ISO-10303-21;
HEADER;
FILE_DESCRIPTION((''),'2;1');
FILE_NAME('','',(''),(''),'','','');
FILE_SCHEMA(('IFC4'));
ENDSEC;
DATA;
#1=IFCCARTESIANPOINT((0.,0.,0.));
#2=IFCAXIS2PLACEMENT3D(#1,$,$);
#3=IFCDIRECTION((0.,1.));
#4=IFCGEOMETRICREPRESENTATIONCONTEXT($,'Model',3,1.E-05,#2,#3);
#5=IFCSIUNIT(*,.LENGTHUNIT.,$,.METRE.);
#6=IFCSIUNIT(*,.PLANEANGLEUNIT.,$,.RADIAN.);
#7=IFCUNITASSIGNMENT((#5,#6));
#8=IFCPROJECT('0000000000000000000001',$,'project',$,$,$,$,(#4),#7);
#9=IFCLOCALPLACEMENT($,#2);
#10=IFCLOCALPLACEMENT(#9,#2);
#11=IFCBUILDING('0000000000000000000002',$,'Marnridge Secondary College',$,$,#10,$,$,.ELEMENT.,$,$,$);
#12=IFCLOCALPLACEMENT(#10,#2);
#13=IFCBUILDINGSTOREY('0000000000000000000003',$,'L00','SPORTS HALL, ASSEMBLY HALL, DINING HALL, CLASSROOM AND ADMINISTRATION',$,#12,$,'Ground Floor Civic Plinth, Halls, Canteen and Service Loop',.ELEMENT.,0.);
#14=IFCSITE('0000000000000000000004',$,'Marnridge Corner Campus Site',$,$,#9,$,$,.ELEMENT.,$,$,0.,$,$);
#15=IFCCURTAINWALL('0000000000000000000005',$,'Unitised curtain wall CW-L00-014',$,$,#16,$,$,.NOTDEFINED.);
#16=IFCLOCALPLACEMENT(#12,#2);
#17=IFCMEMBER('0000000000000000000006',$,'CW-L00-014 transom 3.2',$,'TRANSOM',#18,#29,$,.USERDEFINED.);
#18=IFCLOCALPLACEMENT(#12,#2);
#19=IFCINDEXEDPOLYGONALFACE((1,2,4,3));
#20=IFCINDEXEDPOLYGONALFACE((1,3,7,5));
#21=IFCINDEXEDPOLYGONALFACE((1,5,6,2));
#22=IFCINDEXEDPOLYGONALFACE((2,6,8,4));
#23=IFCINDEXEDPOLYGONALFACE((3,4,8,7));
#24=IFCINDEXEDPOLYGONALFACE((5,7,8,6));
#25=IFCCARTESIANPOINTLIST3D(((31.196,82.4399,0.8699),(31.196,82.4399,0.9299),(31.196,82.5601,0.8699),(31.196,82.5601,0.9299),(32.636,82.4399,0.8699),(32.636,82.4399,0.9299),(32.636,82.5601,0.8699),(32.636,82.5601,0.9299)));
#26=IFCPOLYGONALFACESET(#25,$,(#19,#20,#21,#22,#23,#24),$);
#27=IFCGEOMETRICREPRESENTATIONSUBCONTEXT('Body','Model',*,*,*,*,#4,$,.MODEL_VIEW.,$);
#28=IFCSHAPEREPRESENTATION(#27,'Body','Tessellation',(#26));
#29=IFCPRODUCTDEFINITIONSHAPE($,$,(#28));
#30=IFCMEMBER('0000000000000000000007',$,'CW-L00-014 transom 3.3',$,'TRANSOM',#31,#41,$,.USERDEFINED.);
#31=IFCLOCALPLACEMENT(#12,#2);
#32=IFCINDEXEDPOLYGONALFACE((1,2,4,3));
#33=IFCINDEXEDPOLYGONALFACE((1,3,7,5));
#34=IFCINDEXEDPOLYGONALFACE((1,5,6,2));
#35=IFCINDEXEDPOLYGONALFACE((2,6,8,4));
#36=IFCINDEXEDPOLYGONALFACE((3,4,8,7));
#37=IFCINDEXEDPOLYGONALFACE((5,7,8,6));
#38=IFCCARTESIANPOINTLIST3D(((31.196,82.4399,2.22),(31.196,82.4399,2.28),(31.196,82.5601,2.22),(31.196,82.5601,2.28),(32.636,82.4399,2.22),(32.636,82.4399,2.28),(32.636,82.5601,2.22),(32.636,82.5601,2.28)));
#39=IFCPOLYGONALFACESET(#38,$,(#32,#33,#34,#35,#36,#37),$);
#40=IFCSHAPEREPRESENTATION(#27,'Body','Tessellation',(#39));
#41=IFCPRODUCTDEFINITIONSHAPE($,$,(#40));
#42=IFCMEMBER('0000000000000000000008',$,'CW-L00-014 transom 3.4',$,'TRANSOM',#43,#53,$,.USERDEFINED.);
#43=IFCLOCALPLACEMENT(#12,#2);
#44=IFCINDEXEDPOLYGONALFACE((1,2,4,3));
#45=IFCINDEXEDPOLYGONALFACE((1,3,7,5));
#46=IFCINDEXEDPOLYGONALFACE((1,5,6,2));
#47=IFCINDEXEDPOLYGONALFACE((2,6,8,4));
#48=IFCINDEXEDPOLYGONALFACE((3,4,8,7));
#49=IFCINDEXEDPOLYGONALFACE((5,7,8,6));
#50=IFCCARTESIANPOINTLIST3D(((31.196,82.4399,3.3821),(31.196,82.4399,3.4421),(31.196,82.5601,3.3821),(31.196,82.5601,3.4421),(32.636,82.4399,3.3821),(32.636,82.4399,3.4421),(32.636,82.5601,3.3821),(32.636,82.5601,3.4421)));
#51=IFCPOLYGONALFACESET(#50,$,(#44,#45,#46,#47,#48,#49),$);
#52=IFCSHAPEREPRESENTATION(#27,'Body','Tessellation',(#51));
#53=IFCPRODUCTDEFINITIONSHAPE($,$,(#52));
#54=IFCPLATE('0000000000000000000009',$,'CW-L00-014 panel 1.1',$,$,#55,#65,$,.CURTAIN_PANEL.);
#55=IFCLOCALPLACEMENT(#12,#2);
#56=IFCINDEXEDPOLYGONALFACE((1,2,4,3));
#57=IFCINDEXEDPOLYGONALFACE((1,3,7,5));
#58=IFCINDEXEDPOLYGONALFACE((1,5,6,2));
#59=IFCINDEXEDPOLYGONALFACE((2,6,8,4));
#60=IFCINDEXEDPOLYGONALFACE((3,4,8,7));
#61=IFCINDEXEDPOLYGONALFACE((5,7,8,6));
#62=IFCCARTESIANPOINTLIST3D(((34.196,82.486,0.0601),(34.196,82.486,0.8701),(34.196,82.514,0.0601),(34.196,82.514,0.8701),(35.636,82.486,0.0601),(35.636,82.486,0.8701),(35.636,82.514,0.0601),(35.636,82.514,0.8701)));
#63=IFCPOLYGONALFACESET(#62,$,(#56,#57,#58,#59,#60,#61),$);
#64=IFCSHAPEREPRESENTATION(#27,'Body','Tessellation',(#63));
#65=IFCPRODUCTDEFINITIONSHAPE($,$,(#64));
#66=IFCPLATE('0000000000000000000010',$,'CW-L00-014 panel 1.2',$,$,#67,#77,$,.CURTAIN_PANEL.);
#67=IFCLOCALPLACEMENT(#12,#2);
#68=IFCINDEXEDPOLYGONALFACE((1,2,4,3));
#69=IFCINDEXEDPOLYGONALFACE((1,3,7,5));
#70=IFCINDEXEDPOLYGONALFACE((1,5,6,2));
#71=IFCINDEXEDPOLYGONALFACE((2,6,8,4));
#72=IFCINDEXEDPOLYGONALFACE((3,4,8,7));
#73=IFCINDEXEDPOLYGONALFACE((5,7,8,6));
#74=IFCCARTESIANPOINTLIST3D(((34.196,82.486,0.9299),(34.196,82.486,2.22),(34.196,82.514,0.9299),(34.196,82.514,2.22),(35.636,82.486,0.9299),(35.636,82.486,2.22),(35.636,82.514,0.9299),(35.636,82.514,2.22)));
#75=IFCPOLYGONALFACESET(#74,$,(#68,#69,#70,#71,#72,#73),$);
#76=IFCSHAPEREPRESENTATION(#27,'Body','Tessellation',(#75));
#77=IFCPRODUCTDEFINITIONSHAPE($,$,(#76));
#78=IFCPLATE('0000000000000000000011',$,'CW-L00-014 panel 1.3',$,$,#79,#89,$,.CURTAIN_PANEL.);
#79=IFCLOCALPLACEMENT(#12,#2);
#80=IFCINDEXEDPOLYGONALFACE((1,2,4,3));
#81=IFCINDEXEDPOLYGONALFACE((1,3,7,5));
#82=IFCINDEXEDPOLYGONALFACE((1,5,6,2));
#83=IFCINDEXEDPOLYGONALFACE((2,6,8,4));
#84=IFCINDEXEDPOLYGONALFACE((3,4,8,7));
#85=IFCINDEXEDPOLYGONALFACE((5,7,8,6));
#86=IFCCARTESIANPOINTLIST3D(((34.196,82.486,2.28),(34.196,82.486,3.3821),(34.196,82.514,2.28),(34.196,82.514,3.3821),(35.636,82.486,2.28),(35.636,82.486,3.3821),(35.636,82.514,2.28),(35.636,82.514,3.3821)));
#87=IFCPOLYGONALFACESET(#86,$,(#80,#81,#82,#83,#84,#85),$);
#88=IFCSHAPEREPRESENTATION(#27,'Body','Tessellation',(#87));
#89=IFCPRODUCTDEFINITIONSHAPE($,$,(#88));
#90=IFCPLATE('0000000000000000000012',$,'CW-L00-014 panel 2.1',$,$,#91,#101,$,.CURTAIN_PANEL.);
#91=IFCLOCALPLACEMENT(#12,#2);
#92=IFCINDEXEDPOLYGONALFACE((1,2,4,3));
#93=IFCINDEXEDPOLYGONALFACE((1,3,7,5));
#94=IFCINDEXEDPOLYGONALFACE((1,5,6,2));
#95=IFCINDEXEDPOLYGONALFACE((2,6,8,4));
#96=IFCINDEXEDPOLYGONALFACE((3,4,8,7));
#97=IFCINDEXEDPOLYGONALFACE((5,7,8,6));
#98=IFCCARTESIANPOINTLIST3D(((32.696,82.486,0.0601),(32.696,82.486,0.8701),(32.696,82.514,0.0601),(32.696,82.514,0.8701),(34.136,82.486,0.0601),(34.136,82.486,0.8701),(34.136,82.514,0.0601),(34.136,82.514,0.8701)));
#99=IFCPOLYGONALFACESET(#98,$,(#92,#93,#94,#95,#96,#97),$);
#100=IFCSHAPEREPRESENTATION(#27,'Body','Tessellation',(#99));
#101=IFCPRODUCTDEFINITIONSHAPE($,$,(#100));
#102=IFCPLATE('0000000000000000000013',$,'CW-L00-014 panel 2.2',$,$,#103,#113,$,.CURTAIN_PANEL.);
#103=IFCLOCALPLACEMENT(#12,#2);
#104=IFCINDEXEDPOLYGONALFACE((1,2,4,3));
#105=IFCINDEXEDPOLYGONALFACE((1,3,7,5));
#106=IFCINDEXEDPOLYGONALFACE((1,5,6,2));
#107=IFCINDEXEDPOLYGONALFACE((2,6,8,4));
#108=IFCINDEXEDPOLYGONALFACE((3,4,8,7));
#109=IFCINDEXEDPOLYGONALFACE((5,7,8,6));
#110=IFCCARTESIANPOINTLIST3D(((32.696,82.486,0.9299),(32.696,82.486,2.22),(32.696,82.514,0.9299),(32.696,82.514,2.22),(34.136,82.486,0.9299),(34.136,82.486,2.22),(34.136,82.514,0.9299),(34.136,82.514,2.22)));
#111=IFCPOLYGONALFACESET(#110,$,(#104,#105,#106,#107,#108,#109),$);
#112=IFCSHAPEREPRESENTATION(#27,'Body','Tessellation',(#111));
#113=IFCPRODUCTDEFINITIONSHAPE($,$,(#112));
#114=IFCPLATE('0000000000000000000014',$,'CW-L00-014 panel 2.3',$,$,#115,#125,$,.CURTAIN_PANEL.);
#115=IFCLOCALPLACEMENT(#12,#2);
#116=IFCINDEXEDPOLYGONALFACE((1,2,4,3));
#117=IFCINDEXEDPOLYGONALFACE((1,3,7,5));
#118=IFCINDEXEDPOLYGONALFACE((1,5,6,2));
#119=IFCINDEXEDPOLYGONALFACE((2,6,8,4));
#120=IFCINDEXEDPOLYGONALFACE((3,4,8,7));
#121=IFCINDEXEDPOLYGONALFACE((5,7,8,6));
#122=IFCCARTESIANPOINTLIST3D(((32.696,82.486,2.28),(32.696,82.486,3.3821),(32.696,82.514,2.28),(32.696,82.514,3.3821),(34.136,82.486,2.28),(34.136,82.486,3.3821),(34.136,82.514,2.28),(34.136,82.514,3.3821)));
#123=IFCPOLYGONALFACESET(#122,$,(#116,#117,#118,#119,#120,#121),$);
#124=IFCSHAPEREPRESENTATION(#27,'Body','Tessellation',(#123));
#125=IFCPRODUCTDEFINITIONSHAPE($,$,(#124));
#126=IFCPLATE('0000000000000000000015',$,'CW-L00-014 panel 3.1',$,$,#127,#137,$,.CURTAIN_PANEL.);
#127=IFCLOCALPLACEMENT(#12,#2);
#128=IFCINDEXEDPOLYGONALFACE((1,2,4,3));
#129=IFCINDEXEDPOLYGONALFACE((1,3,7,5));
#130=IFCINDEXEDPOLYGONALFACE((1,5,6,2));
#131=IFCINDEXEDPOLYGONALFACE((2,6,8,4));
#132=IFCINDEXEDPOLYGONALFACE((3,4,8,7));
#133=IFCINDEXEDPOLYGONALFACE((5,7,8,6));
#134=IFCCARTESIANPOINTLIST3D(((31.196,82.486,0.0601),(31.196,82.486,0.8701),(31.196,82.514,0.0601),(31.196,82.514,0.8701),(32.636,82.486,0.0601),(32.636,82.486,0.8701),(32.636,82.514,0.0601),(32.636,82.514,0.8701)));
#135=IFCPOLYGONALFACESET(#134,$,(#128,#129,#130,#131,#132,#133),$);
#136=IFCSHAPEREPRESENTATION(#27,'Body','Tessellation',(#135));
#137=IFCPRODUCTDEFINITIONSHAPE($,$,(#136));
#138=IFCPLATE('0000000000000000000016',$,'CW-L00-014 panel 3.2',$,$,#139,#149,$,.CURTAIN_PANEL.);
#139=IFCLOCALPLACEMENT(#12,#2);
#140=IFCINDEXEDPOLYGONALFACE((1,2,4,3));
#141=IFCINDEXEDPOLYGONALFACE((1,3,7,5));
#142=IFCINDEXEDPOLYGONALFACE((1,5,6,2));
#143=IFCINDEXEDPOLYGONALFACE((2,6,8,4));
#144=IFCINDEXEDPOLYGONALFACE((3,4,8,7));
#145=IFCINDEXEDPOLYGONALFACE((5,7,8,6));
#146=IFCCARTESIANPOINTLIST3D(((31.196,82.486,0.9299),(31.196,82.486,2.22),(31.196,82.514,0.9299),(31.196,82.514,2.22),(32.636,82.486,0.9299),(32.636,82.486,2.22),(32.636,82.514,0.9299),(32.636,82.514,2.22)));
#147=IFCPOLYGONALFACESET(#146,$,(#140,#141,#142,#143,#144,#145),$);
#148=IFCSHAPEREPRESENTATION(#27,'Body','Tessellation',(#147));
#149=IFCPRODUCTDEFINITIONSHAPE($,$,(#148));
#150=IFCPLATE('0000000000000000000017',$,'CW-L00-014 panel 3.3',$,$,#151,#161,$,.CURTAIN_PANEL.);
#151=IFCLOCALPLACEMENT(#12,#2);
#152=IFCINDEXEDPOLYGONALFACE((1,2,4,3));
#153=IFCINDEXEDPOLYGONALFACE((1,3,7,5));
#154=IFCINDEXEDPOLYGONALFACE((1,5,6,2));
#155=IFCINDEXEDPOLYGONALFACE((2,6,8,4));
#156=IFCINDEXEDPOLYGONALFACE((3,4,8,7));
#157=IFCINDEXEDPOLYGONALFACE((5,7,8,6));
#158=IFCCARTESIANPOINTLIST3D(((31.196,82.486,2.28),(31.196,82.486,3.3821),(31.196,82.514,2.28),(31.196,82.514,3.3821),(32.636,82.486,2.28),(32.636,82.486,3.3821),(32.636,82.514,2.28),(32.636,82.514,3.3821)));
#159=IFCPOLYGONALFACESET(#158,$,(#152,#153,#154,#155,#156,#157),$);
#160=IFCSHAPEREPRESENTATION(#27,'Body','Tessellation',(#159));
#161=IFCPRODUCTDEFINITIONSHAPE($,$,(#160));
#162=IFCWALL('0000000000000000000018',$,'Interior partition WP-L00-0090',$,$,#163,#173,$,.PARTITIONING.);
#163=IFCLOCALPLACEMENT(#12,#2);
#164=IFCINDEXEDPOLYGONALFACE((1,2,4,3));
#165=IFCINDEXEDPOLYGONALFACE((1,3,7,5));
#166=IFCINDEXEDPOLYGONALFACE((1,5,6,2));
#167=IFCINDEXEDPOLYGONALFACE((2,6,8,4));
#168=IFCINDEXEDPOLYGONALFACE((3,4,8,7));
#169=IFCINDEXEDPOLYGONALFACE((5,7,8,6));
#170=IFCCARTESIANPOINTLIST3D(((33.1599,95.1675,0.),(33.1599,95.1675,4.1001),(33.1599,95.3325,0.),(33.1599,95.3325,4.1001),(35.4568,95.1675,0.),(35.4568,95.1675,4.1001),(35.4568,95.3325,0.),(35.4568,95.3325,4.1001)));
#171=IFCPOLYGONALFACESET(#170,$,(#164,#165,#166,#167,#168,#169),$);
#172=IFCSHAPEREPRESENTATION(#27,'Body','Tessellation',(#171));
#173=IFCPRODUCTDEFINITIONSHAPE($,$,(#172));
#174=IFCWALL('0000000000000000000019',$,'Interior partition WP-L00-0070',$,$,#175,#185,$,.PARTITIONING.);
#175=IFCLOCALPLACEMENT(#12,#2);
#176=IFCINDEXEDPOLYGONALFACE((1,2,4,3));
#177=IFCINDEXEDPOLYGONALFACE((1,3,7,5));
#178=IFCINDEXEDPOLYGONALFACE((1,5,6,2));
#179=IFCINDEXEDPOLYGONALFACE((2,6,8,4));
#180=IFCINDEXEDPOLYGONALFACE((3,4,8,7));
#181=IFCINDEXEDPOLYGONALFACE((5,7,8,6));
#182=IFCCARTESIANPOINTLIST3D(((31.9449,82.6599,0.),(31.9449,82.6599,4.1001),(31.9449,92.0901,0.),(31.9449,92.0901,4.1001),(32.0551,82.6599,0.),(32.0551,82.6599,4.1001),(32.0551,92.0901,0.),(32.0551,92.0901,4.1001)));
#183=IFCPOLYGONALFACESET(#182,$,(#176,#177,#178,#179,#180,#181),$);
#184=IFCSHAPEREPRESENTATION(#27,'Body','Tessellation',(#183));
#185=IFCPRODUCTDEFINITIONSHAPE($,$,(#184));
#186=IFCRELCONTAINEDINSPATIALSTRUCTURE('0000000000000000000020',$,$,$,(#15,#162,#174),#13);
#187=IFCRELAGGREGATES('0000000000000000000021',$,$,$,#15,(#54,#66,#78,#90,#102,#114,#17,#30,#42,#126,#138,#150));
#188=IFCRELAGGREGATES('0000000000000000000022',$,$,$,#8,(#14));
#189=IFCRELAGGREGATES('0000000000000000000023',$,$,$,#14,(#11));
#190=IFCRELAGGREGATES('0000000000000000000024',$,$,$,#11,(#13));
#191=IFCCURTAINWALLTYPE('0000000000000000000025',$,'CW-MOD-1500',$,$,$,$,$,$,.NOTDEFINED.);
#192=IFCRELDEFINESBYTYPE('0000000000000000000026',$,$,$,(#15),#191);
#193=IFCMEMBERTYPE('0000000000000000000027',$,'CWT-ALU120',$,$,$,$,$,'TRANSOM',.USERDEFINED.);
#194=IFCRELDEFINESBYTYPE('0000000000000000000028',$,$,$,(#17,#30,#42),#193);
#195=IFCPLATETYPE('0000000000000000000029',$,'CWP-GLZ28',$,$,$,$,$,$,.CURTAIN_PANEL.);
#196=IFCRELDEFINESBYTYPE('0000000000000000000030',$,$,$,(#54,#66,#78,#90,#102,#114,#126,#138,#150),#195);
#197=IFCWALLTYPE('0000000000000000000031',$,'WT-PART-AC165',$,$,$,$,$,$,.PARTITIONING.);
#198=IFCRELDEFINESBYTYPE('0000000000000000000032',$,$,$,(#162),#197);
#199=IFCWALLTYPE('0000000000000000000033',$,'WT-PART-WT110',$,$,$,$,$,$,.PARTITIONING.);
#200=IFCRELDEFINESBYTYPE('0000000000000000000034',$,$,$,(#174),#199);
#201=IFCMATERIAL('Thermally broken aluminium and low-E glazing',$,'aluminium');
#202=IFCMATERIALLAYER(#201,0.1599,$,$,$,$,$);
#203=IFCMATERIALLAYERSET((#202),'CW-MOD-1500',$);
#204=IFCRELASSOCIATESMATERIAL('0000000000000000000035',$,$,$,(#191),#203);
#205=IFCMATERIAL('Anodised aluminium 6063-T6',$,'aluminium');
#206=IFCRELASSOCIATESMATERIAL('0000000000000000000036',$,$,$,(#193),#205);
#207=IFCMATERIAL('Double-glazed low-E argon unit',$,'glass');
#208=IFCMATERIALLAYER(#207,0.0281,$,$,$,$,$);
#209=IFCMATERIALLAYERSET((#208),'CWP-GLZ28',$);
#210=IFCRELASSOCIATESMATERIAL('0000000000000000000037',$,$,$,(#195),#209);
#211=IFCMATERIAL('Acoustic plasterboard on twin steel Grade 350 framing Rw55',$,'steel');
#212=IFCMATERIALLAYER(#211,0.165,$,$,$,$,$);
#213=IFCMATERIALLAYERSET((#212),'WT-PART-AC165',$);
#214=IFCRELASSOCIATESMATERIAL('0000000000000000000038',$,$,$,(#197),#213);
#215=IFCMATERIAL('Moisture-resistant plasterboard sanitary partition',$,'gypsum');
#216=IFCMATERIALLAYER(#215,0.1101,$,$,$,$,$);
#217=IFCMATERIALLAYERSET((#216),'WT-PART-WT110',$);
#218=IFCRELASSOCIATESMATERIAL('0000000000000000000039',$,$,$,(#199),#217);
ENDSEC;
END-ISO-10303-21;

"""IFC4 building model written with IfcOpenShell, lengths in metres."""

from ifc_helpers import new_model, si_unit, direction, frame, frame_2d, origin, origin_2d, place, context, subcontext, project, spatial, rectangle, extrude, material, layer, layer_set, material_profile, profile_set, type_object, element, aggregate, save


model = new_model("IFC4")

# Units and contexts
model_context = context("Model", 3, precision=1e-05, world=origin(), true_north=direction((0.0, 1.0)))
body_context = subcontext(model_context, "Body", "Model", "MODEL_VIEW")
ifc_project = project(units=[si_unit("LENGTHUNIT", "METRE"), si_unit("PLANEANGLEUNIT", "RADIAN")], contexts=[model_context])

# Site, building, storey
site_placement = place(None, origin())
site = spatial("IfcSite", under=ifc_project, at=site_placement, Name="Marnridge Corner Campus Site", CompositionType="ELEMENT", RefElevation=0.0)
building_placement = place(site_placement, origin())
building = spatial("IfcBuilding", under=site, at=building_placement, Name="Marnridge Secondary College", CompositionType="ELEMENT")
storey_placement = place(building_placement, origin())
storey = spatial("IfcBuildingStorey", under=building, at=storey_placement, Name="L00", Description="SPORTS HALL, ASSEMBLY HALL, DINING HALL, CLASSROOM AND ADMINISTRATION", LongName="Ground Floor Civic Plinth, Halls, Canteen and Service Loop", CompositionType="ELEMENT", Elevation=0.0)

# Curtain wall, members, plates
ifc_material_1 = material(Name="Thermally broken aluminium and low-E glazing", Category="aluminium")
ifc_layer_1 = layer(ifc_material_1, 0.1599)
ifc_layer_set_1 = layer_set([ifc_layer_1], Name="CW-MOD-1500")
curtain_wall_type = type_object("IfcCurtainWallType", Name="CW-MOD-1500", PredefinedType="NOTDEFINED", material=ifc_layer_set_1)
curtain_wall_placement = place(storey_placement, origin())
curtain_wall = element("IfcCurtainWall", 1, at=curtain_wall_placement, inside=storey, type_object=curtain_wall_type, Name="Unitised curtain wall CW-L00-014", PredefinedType="NOTDEFINED")
ifc_material_2 = material(Name="Anodised aluminium 6063-T6", Category="aluminium")
ifc_material_profile_1 = material_profile(ifc_material_2, rectangle(XDim=0.0601, YDim=0.1201, at=origin_2d()), Name="ALU 60x120")
ifc_profile_set_1 = profile_set([ifc_material_profile_1], Name="Anodised aluminium 6063-T6")
member_type_1 = type_object("IfcMemberType", Name="CWT-ALU120", ElementType="TRANSOM", PredefinedType="USERDEFINED", material=ifc_profile_set_1)
member_1_placement = place(storey_placement, frame((32.636, 82.5, 0.8999), z_axis=(-1.0, 0.0, 0.0), x_axis=(0.0, 0.0, 1.0)))
member_1 = element("IfcMember", 2, at=member_1_placement, type_object=member_type_1, Name="CW-L00-014 transom 3.2", ObjectType="TRANSOM", PredefinedType="USERDEFINED", context=body_context, shape_type="SweptSolid", body=[
    extrude(rectangle(XDim=0.0601, YDim=0.1201, at=origin_2d()), origin(), (0.0, 0.0, 1.0), 1.4399),
])
member_2_placement = place(storey_placement, frame((32.636, 82.5, 2.25), z_axis=(-1.0, 0.0, 0.0), x_axis=(0.0, 0.0, 1.0)))
member_2 = element("IfcMember", 3, at=member_2_placement, type_object=member_type_1, Name="CW-L00-014 transom 3.3", ObjectType="TRANSOM", PredefinedType="USERDEFINED", context=body_context, shape_type="SweptSolid", body=[
    extrude(rectangle(XDim=0.0601, YDim=0.1201, at=origin_2d()), origin(), (0.0, 0.0, 1.0), 1.4399),
])
member_3_placement = place(storey_placement, frame((32.636, 82.5, 3.4121), z_axis=(-1.0, 0.0, 0.0), x_axis=(0.0, 0.0, 1.0)))
member_3 = element("IfcMember", 4, at=member_3_placement, type_object=member_type_1, Name="CW-L00-014 transom 3.4", ObjectType="TRANSOM", PredefinedType="USERDEFINED", context=body_context, shape_type="SweptSolid", body=[
    extrude(rectangle(XDim=0.0601, YDim=0.1201, at=origin_2d()), origin(), (0.0, 0.0, 1.0), 1.4399),
])
ifc_material_3 = material(Name="Double-glazed low-E argon unit", Category="glass")
ifc_layer_2 = layer(ifc_material_3, 0.0281)
ifc_layer_set_2 = layer_set([ifc_layer_2], Name="CWP-GLZ28")
plate_type = type_object("IfcPlateType", Name="CWP-GLZ28", PredefinedType="CURTAIN_PANEL", material=ifc_layer_set_2)
plate_1_placement = place(storey_placement, frame((34.916, 82.5, 0.0601), z_axis=(0.0, 0.0, 1.0), x_axis=(-1.0, 0.0, 0.0)))
plate_1 = element("IfcPlate", 5, at=plate_1_placement, type_object=plate_type, Name="CW-L00-014 panel 1.1", PredefinedType="CURTAIN_PANEL", context=body_context, shape_type="SweptSolid", body=[
    extrude(rectangle(XDim=1.4399, YDim=0.0281, at=origin_2d()), origin(), (0.0, 0.0, 1.0), 0.8101),
])
plate_2_placement = place(storey_placement, frame((34.916, 82.5, 0.9299), z_axis=(0.0, 0.0, 1.0), x_axis=(-1.0, 0.0, 0.0)))
plate_2 = element("IfcPlate", 6, at=plate_2_placement, type_object=plate_type, Name="CW-L00-014 panel 1.2", PredefinedType="CURTAIN_PANEL", context=body_context, shape_type="SweptSolid", body=[
    extrude(rectangle(XDim=1.4399, YDim=0.0281, at=origin_2d()), origin(), (0.0, 0.0, 1.0), 1.29),
])
plate_3_placement = place(storey_placement, frame((34.916, 82.5, 2.28), z_axis=(0.0, 0.0, 1.0), x_axis=(-1.0, 0.0, 0.0)))
plate_3 = element("IfcPlate", 7, at=plate_3_placement, type_object=plate_type, Name="CW-L00-014 panel 1.3", PredefinedType="CURTAIN_PANEL", context=body_context, shape_type="SweptSolid", body=[
    extrude(rectangle(XDim=1.4399, YDim=0.0281, at=origin_2d()), origin(), (0.0, 0.0, 1.0), 1.1021),
])
plate_4_placement = place(storey_placement, frame((33.416, 82.5, 0.0601), z_axis=(0.0, 0.0, 1.0), x_axis=(-1.0, 0.0, 0.0)))
plate_4 = element("IfcPlate", 8, at=plate_4_placement, type_object=plate_type, Name="CW-L00-014 panel 2.1", PredefinedType="CURTAIN_PANEL", context=body_context, shape_type="SweptSolid", body=[
    extrude(rectangle(XDim=1.4399, YDim=0.0281, at=origin_2d()), origin(), (0.0, 0.0, 1.0), 0.8101),
])
plate_5_placement = place(storey_placement, frame((33.416, 82.5, 0.9299), z_axis=(0.0, 0.0, 1.0), x_axis=(-1.0, 0.0, 0.0)))
plate_5 = element("IfcPlate", 9, at=plate_5_placement, type_object=plate_type, Name="CW-L00-014 panel 2.2", PredefinedType="CURTAIN_PANEL", context=body_context, shape_type="SweptSolid", body=[
    extrude(rectangle(XDim=1.4399, YDim=0.0281, at=origin_2d()), origin(), (0.0, 0.0, 1.0), 1.29),
])
plate_6_placement = place(storey_placement, frame((33.416, 82.5, 2.28), z_axis=(0.0, 0.0, 1.0), x_axis=(-1.0, 0.0, 0.0)))
plate_6 = element("IfcPlate", 10, at=plate_6_placement, type_object=plate_type, Name="CW-L00-014 panel 2.3", PredefinedType="CURTAIN_PANEL", context=body_context, shape_type="SweptSolid", body=[
    extrude(rectangle(XDim=1.4399, YDim=0.0281, at=origin_2d()), origin(), (0.0, 0.0, 1.0), 1.1021),
])
plate_7_placement = place(storey_placement, frame((31.916, 82.5, 0.0601), z_axis=(0.0, 0.0, 1.0), x_axis=(-1.0, 0.0, 0.0)))
plate_7 = element("IfcPlate", 11, at=plate_7_placement, type_object=plate_type, Name="CW-L00-014 panel 3.1", PredefinedType="CURTAIN_PANEL", context=body_context, shape_type="SweptSolid", body=[
    extrude(rectangle(XDim=1.4399, YDim=0.0281, at=origin_2d()), origin(), (0.0, 0.0, 1.0), 0.8101),
])
plate_8_placement = place(storey_placement, frame((31.916, 82.5, 0.9299), z_axis=(0.0, 0.0, 1.0), x_axis=(-1.0, 0.0, 0.0)))
plate_8 = element("IfcPlate", 12, at=plate_8_placement, type_object=plate_type, Name="CW-L00-014 panel 3.2", PredefinedType="CURTAIN_PANEL", context=body_context, shape_type="SweptSolid", body=[
    extrude(rectangle(XDim=1.4399, YDim=0.0281, at=origin_2d()), origin(), (0.0, 0.0, 1.0), 1.29),
])
plate_9_placement = place(storey_placement, frame((31.916, 82.5, 2.28), z_axis=(0.0, 0.0, 1.0), x_axis=(-1.0, 0.0, 0.0)))
plate_9 = element("IfcPlate", 13, at=plate_9_placement, type_object=plate_type, Name="CW-L00-014 panel 3.3", PredefinedType="CURTAIN_PANEL", context=body_context, shape_type="SweptSolid", body=[
    extrude(rectangle(XDim=1.4399, YDim=0.0281, at=origin_2d()), origin(), (0.0, 0.0, 1.0), 1.1021),
])
aggregate(curtain_wall, [plate_1, plate_2, plate_3, plate_4, plate_5, plate_6, member_1, member_2, member_3, plate_7, plate_8, plate_9])

# Shared definitions
ifc_material_4 = material(Name="Acoustic plasterboard on twin steel Grade 350 framing Rw55", Category="steel")
ifc_layer_3 = layer(ifc_material_4, 0.165)
ifc_layer_set_3 = layer_set([ifc_layer_3], Name="WT-PART-AC165")
wall_type_1 = type_object("IfcWallType", Name="WT-PART-AC165", PredefinedType="PARTITIONING", material=ifc_layer_set_3)

# Walls
wall_1_placement = place(storey_placement, frame((33.1599, 95.25, 0.0), z_axis=(0.0, 0.0, 1.0), x_axis=(1.0, 0.0, 0.0)))
element("IfcWall", 14, at=wall_1_placement, inside=storey, type_object=wall_type_1, Name="Interior partition WP-L00-0090", PredefinedType="PARTITIONING", context=body_context, shape_type="SweptSolid", body=[
    extrude(rectangle(XDim=2.2969, YDim=0.165, at=frame_2d((1.1484, 0.0))), origin(), (0.0, 0.0, 1.0), 4.1001),
])
ifc_material_5 = material(Name="Moisture-resistant plasterboard sanitary partition", Category="gypsum")
ifc_layer_4 = layer(ifc_material_5, 0.1101)
ifc_layer_set_4 = layer_set([ifc_layer_4], Name="WT-PART-WT110")
wall_type_2 = type_object("IfcWallType", Name="WT-PART-WT110", PredefinedType="PARTITIONING", material=ifc_layer_set_4)
wall_2_placement = place(storey_placement, frame((32.0, 82.6599, 0.0), z_axis=(0.0, 0.0, 1.0), x_axis=(0.0, 1.0, 0.0)))
element("IfcWall", 15, at=wall_2_placement, inside=storey, type_object=wall_type_2, Name="Interior partition WP-L00-0070", PredefinedType="PARTITIONING", context=body_context, shape_type="SweptSolid", body=[
    extrude(rectangle(XDim=9.4302, YDim=0.1101, at=frame_2d((4.7151, 0.0))), origin(), (0.0, 0.0, 1.0), 4.1001),
])

save(model, "model.ifc")
